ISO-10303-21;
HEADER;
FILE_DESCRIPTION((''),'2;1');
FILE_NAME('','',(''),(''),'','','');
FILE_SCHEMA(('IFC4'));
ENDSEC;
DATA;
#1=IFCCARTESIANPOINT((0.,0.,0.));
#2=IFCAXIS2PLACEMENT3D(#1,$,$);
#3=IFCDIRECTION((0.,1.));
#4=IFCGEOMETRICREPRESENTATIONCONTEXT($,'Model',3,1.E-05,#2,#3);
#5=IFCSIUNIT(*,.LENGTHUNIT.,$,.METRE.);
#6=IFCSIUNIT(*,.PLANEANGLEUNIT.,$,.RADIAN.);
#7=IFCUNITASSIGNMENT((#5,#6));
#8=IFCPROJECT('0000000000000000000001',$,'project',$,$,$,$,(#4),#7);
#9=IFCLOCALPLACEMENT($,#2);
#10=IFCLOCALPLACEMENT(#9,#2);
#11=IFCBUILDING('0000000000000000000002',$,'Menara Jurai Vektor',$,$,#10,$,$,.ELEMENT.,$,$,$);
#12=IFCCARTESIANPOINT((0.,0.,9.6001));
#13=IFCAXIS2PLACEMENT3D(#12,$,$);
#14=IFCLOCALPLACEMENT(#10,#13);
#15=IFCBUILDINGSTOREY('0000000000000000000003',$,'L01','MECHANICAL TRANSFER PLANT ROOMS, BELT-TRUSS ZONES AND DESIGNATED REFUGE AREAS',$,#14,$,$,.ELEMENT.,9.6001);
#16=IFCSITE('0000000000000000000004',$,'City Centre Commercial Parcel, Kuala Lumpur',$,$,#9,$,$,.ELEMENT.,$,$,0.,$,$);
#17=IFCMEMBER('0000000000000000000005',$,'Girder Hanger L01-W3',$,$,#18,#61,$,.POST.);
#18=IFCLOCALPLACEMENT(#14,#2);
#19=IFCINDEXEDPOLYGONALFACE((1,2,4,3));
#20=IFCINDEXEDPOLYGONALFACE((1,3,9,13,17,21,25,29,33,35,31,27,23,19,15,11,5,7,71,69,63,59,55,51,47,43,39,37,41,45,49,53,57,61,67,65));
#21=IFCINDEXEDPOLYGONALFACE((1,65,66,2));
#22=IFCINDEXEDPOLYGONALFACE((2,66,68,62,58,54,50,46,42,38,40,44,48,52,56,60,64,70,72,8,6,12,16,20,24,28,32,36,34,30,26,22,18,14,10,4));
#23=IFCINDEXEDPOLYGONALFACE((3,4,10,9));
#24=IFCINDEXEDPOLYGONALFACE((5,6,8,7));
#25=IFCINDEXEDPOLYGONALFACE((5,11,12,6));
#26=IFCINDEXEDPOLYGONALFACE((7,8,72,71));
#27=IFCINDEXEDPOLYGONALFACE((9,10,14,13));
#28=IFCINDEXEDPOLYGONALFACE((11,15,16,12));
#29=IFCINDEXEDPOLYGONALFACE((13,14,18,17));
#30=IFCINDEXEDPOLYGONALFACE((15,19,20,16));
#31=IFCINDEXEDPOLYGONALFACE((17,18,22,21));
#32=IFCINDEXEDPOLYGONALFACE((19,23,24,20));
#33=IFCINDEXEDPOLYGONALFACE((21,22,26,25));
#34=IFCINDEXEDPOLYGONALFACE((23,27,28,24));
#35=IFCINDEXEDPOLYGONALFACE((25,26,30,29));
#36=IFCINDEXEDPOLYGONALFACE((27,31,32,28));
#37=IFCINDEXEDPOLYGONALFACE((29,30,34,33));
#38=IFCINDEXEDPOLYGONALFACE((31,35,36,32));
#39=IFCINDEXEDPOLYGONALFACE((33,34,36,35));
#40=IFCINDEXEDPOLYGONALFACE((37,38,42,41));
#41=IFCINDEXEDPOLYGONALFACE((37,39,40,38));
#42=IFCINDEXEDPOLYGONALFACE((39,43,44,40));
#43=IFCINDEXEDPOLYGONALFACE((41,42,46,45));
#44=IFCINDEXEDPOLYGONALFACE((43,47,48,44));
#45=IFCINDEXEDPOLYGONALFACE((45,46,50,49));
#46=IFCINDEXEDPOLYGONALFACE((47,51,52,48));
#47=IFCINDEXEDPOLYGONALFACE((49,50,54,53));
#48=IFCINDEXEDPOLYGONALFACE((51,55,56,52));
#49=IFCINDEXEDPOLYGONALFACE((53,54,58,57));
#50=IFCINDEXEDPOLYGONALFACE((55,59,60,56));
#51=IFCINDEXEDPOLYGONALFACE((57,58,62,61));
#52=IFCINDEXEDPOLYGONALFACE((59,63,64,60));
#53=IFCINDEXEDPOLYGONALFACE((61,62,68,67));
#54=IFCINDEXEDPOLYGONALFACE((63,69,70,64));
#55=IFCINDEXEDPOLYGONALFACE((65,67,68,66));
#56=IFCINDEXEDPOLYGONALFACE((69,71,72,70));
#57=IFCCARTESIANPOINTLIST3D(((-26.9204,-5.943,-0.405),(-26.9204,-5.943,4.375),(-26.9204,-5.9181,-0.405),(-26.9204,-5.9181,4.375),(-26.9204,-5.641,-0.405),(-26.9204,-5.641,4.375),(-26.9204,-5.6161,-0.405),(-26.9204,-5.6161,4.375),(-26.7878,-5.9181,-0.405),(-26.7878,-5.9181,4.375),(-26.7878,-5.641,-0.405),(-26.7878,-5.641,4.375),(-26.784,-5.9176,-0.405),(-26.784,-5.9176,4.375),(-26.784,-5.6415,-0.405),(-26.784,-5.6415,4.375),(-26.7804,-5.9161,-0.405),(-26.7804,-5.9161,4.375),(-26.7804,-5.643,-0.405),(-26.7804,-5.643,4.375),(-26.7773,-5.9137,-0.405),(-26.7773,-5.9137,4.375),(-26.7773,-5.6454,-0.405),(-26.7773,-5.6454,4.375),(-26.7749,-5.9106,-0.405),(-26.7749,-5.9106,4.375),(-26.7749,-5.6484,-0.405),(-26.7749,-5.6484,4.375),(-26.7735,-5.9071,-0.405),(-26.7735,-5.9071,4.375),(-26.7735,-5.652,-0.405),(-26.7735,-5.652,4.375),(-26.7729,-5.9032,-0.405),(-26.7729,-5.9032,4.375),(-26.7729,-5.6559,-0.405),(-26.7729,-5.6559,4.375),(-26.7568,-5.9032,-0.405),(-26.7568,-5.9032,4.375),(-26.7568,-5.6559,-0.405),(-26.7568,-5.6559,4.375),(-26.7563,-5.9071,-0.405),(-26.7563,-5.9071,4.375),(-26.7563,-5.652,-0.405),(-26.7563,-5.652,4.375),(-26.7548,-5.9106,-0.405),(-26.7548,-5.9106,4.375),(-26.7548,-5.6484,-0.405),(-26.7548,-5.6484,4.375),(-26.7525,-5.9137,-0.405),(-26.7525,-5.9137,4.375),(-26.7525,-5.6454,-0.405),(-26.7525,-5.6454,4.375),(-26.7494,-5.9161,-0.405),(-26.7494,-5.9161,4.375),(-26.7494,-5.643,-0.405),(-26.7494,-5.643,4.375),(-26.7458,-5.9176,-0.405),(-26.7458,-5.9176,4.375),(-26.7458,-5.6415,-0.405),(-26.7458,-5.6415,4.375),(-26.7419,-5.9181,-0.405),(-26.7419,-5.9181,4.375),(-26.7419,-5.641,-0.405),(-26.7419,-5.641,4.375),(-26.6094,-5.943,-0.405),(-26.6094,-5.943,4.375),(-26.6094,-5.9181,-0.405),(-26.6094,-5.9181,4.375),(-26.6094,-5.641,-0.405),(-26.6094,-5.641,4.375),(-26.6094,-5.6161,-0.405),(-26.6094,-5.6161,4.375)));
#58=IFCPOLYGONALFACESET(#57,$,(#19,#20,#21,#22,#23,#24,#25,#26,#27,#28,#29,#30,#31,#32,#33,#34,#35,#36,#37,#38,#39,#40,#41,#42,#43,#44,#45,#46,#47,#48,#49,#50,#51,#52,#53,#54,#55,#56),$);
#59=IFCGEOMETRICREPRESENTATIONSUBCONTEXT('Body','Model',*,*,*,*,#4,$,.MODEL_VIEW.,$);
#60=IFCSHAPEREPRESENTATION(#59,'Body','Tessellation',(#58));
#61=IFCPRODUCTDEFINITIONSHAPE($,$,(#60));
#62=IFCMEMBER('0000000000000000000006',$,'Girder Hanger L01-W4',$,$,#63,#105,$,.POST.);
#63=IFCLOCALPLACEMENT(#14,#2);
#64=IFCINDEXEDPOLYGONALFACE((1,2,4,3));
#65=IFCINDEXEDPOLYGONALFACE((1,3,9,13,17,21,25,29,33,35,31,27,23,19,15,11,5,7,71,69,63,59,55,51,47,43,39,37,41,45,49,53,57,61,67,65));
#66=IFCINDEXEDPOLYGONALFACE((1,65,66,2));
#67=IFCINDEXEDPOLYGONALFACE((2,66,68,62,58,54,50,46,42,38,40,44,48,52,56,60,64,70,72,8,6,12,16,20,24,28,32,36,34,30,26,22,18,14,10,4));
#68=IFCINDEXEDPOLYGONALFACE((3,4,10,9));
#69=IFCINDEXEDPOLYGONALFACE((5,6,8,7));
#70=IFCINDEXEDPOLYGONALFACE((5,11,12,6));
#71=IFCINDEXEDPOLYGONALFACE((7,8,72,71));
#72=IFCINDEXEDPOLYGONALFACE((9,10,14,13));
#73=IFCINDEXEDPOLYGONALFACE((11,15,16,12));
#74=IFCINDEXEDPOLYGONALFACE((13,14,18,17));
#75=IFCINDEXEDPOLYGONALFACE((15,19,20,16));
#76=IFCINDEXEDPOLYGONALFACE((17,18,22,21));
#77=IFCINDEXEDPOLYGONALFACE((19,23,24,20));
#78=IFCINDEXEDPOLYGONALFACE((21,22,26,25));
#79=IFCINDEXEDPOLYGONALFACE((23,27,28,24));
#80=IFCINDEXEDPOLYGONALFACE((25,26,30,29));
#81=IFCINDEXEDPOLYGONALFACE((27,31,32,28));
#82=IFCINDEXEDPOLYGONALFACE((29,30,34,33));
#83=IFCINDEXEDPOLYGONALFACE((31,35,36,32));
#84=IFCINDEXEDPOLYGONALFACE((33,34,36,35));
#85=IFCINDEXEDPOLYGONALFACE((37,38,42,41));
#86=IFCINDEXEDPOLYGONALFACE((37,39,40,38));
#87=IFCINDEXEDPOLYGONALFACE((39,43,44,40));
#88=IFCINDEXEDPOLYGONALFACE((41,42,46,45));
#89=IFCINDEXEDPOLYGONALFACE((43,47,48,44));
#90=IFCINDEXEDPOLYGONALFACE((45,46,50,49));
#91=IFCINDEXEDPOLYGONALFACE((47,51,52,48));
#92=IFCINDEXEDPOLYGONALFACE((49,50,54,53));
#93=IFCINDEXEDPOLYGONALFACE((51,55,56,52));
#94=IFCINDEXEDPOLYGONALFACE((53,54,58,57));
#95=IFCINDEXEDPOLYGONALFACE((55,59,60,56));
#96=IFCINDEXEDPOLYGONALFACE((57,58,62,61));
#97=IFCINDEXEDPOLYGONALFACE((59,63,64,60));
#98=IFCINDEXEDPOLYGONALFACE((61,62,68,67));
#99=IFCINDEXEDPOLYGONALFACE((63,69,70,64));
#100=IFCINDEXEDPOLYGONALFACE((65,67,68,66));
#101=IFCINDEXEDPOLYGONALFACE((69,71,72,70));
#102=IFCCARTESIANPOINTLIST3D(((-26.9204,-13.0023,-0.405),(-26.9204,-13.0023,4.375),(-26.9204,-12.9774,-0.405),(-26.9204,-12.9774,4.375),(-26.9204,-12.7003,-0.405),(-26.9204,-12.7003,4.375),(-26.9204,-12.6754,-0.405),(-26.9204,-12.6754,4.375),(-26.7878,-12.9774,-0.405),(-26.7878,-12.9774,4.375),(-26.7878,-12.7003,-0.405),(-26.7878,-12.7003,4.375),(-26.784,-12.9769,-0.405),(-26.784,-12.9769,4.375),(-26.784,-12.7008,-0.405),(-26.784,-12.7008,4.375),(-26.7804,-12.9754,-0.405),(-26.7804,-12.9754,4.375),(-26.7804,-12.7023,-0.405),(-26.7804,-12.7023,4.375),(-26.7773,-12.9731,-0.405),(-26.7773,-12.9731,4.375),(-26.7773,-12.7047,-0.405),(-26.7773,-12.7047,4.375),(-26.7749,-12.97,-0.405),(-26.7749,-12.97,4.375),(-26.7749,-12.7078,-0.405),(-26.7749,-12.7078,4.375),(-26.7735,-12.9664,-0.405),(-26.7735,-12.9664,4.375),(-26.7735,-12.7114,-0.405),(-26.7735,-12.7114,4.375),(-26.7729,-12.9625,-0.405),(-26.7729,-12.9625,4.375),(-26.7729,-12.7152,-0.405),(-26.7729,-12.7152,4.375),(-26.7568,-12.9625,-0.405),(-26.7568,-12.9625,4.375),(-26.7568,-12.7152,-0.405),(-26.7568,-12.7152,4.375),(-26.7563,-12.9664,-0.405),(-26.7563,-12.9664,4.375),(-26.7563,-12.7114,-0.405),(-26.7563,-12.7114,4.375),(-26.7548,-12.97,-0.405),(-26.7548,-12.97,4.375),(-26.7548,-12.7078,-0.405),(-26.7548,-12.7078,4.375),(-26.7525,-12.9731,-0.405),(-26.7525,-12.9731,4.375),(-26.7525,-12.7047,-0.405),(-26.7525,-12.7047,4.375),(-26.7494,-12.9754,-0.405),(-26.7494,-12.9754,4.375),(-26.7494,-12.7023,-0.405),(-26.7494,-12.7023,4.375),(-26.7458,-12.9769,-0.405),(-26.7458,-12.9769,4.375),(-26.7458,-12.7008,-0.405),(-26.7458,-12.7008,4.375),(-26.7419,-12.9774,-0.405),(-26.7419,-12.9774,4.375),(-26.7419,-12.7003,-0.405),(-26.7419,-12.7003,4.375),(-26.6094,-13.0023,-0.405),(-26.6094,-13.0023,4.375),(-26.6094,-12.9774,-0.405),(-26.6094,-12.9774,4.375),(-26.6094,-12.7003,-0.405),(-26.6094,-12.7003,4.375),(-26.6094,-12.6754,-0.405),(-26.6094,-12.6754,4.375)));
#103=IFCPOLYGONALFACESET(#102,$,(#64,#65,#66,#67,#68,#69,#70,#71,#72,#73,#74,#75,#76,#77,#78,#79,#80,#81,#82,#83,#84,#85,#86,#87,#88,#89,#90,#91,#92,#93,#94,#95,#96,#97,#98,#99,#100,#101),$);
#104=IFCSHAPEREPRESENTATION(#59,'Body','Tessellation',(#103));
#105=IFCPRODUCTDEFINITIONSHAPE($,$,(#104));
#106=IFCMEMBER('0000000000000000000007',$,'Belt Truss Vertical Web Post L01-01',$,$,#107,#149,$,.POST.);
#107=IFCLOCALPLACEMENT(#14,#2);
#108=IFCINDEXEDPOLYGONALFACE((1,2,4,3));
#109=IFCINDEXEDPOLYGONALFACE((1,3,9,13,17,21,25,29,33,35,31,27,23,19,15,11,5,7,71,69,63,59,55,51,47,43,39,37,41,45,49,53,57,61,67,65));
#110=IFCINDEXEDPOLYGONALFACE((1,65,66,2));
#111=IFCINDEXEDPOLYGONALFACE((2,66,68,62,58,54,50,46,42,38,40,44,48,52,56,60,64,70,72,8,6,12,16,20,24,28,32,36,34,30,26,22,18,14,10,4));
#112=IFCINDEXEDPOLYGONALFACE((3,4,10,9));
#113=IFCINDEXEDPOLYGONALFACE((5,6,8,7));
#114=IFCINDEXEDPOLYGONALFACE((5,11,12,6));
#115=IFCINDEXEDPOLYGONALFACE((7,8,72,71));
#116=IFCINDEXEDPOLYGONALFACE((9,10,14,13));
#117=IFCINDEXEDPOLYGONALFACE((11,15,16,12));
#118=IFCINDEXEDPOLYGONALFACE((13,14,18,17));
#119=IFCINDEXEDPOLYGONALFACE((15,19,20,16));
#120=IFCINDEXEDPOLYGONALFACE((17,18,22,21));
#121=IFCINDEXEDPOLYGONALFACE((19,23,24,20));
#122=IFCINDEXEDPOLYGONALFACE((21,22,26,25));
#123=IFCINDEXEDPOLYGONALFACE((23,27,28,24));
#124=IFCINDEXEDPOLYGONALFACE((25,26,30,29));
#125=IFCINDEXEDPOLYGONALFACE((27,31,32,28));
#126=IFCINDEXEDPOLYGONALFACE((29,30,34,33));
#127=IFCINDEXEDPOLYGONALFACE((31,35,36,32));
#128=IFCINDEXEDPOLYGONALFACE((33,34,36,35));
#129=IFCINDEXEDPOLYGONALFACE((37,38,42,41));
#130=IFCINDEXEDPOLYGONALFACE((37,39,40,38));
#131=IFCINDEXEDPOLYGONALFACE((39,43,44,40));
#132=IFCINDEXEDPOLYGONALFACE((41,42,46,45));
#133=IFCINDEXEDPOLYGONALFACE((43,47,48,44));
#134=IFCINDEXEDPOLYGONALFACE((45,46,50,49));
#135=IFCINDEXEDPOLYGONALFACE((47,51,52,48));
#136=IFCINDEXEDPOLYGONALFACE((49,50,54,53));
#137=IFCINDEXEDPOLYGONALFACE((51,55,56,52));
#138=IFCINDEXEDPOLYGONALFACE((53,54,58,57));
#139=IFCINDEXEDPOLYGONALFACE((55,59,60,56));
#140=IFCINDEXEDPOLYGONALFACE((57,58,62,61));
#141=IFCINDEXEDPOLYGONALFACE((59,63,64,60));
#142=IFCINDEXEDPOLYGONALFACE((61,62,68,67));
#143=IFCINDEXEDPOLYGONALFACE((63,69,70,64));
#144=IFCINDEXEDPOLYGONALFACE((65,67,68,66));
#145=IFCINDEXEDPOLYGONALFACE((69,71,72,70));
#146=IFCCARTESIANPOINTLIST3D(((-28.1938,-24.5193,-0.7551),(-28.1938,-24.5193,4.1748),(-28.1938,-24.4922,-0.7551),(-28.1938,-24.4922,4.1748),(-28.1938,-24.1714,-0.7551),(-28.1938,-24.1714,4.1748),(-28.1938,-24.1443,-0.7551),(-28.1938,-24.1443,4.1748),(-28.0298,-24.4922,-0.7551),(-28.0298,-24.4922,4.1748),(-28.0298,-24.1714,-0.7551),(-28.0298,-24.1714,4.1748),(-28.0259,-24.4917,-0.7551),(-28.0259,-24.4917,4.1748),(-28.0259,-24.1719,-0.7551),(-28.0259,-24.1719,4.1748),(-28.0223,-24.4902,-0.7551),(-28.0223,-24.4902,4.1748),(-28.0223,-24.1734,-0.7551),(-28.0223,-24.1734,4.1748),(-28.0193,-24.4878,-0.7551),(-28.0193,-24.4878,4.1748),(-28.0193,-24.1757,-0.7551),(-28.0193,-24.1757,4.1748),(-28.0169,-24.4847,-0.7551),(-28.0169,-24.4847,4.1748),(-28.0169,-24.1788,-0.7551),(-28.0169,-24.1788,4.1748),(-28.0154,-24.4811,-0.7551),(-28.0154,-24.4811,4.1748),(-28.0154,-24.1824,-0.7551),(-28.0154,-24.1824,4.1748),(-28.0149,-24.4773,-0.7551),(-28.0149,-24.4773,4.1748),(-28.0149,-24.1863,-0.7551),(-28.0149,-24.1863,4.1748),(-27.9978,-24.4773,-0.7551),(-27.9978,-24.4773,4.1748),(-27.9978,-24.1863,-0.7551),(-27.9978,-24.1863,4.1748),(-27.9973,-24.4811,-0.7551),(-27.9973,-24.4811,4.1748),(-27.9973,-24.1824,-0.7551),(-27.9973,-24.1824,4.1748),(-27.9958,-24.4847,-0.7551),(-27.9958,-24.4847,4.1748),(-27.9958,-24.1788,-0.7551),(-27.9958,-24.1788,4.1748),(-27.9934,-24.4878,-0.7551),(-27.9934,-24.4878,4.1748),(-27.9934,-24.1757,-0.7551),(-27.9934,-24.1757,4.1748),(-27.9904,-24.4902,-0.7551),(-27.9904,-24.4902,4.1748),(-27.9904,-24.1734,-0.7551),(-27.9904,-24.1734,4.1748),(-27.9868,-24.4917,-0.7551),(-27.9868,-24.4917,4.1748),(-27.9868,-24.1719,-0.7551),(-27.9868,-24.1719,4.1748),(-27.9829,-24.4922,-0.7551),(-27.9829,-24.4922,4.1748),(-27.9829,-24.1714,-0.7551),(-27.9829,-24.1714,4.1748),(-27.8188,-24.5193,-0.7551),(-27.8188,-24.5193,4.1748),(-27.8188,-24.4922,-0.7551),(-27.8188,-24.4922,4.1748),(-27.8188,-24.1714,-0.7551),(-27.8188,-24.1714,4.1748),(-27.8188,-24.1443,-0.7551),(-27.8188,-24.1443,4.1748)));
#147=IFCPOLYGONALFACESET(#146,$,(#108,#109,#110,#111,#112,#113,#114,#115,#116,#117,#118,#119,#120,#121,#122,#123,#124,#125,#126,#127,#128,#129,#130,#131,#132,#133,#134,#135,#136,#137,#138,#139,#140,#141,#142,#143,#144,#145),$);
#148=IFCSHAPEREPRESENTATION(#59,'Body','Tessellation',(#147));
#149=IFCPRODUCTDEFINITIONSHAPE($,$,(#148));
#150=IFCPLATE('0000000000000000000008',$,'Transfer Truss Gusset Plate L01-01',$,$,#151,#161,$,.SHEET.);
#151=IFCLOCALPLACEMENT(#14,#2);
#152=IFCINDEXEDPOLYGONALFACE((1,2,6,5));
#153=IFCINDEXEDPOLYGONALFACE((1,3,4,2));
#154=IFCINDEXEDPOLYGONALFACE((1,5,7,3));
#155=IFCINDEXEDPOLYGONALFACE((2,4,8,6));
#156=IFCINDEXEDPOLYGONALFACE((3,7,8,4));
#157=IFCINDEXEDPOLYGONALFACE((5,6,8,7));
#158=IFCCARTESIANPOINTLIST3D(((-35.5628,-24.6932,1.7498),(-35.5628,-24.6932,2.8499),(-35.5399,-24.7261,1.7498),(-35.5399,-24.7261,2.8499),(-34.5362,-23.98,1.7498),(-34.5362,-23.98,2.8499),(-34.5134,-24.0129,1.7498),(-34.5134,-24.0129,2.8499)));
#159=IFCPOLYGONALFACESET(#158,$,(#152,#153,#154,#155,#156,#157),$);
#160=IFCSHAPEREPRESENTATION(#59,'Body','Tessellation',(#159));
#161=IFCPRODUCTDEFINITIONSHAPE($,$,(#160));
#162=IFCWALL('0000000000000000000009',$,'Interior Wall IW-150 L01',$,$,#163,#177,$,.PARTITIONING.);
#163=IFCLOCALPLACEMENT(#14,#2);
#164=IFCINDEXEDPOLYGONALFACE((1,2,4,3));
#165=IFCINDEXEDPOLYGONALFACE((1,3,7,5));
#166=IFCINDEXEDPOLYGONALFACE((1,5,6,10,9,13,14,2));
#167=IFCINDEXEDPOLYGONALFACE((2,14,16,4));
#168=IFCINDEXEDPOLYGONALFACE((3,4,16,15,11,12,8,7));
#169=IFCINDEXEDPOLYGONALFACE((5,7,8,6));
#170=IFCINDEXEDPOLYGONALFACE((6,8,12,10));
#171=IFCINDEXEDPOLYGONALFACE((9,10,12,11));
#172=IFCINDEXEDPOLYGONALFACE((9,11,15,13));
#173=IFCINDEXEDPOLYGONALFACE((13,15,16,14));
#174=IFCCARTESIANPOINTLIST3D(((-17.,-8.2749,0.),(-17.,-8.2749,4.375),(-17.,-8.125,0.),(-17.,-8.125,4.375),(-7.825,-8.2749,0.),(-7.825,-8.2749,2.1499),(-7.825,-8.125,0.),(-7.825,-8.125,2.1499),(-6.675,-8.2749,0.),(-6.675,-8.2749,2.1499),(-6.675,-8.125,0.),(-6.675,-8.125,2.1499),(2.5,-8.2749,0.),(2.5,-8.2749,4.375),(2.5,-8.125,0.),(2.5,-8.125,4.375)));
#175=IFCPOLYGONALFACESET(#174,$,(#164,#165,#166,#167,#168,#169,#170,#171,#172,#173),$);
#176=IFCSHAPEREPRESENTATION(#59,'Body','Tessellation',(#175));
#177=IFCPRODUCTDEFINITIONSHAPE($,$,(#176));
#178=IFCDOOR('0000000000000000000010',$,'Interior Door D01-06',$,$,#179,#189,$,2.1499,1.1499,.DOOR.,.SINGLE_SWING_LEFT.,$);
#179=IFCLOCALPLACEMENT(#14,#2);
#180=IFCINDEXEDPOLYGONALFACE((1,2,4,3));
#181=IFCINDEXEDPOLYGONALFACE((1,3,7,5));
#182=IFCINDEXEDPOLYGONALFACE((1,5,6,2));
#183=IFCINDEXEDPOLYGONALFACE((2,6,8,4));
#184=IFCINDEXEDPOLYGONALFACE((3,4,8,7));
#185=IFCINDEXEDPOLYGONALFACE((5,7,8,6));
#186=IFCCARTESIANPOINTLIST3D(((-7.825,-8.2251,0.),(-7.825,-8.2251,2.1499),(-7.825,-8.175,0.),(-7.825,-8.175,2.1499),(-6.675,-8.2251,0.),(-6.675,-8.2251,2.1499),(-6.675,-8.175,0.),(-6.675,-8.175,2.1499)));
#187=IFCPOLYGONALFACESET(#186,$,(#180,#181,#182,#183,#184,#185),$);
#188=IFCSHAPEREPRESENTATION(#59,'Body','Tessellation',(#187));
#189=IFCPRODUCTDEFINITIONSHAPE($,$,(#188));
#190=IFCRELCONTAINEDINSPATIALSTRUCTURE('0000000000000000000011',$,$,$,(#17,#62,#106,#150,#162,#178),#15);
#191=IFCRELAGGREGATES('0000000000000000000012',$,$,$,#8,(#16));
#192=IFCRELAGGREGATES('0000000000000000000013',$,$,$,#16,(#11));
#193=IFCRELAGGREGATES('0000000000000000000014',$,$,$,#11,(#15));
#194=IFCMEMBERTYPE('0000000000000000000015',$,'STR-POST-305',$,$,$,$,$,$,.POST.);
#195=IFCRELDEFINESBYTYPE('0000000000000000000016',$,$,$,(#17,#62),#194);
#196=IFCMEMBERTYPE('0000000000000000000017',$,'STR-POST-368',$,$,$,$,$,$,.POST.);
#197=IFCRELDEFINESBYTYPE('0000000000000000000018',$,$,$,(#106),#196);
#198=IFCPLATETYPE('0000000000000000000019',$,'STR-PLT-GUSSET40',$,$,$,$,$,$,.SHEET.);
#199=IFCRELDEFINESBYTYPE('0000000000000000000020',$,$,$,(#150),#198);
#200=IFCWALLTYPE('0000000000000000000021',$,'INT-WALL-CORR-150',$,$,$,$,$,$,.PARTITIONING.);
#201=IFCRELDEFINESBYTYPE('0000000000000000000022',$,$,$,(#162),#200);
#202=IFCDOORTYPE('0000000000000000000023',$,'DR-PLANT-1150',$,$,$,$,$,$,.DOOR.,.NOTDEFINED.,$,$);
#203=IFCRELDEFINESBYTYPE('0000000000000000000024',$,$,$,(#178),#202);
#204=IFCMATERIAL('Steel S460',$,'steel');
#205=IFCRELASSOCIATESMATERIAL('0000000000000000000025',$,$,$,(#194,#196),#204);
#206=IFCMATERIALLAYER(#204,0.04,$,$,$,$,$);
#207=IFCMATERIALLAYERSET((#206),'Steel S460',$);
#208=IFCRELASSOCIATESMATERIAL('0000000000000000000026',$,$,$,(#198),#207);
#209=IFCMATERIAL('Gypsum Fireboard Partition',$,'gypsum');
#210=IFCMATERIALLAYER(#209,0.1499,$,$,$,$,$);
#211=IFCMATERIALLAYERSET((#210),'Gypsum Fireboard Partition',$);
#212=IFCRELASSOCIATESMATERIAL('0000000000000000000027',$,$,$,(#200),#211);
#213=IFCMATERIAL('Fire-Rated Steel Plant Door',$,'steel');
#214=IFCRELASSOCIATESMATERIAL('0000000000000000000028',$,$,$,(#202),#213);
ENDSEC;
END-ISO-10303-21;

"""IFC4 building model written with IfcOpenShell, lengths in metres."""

from ifc_helpers import new_model, si_unit, direction, frame, frame_2d, origin, origin_2d, place, context, subcontext, project, spatial, rectangle, i_section, extrude, material, layer, layer_set, material_profile, profile_set, type_object, element, fill, save


model = new_model("IFC4")

# Units and contexts
model_context = context("Model", 3, precision=1e-05, world=origin(), true_north=direction((0.0, 1.0)))
body_context = subcontext(model_context, "Body", "Model", "MODEL_VIEW")
ifc_project = project(units=[si_unit("LENGTHUNIT", "METRE"), si_unit("PLANEANGLEUNIT", "RADIAN")], contexts=[model_context])

# Site, building, storey
site_placement = place(None, origin())
site = spatial("IfcSite", under=ifc_project, at=site_placement, Name="City Centre Commercial Parcel, Kuala Lumpur", CompositionType="ELEMENT", RefElevation=0.0)
building_placement = place(site_placement, origin())
building = spatial("IfcBuilding", under=site, at=building_placement, Name="Menara Jurai Vektor", CompositionType="ELEMENT")
storey_placement = place(building_placement, frame((0.0, 0.0, 9.6001)))
storey = spatial("IfcBuildingStorey", under=building, at=storey_placement, Name="L01", Description="MECHANICAL TRANSFER PLANT ROOMS, BELT-TRUSS ZONES AND DESIGNATED REFUGE AREAS", CompositionType="ELEMENT", Elevation=9.6001)

# Shared definitions
ifc_material_1 = material(Name="Steel S460", Category="steel")

# Members
ifc_material_profile_1 = material_profile(ifc_material_1, i_section(OverallWidth=0.311, OverallDepth=0.3269, WebThickness=0.0161, FlangeThickness=0.0249, FilletRadius=0.0149, at=origin_2d()), Name="UKC 305x305x158")
ifc_profile_set_1 = profile_set([ifc_material_profile_1], Name="Steel S460")
member_type_1 = type_object("IfcMemberType", Name="STR-POST-305", PredefinedType="POST", material=ifc_profile_set_1)
for number, where, z_axis, x_axis, name in (
    (1, (-26.7649, -5.7795, -0.405), (0.0, 0.0, 1.0), (1.0, 0.0, 0.0), "Girder Hanger L01-W3"),
    (2, (-26.7649, -12.8389, -0.405), (0.0, 0.0, 1.0), (1.0, 0.0, 0.0), "Girder Hanger L01-W4"),
):
    element("IfcMember", number, at=place(storey_placement, frame(where, z_axis=z_axis, x_axis=x_axis)), inside=storey, type_object=member_type_1, Name=name, PredefinedType="POST", context=body_context, shape_type="SweptSolid", body=[
        extrude(i_section(OverallWidth=0.311, OverallDepth=0.3269, WebThickness=0.0161, FlangeThickness=0.0249, FilletRadius=0.0149, at=origin_2d()), origin(), (0.0, 0.0, 1.0), 4.78),
    ])
ifc_material_profile_2 = material_profile(ifc_material_1, i_section(OverallWidth=0.375, OverallDepth=0.375, WebThickness=0.0171, FlangeThickness=0.0271, FilletRadius=0.0149, at=origin_2d()), Name="UKC 356x368x202")
ifc_profile_set_2 = profile_set([ifc_material_profile_2], Name="Steel S460")
member_type_2 = type_object("IfcMemberType", Name="STR-POST-368", PredefinedType="POST", material=ifc_profile_set_2)
member_1_placement = place(storey_placement, frame((-28.0063, -24.3318, -0.7551), z_axis=(0.0, 0.0, 1.0), x_axis=(1.0, 0.0, 0.0)))
element("IfcMember", 3, at=member_1_placement, inside=storey, type_object=member_type_2, Name="Belt Truss Vertical Web Post L01-01", PredefinedType="POST", context=body_context, shape_type="SweptSolid", body=[
    extrude(i_section(OverallWidth=0.375, OverallDepth=0.375, WebThickness=0.0171, FlangeThickness=0.0271, FilletRadius=0.0149, at=origin_2d()), origin(), (0.0, 0.0, 1.0), 4.9299),
])

# Plate
ifc_layer_1 = layer(ifc_material_1, 0.04)
ifc_layer_set_1 = layer_set([ifc_layer_1], Name="Steel S460")
plate_type = type_object("IfcPlateType", Name="STR-PLT-GUSSET40", PredefinedType="SHEET", material=ifc_layer_set_1)
plate_placement = place(storey_placement, frame((-35.0381, -24.353, 1.7498), z_axis=(0.0, 0.0, 1.0), x_axis=(0.821249, 0.57057, 0.0)))
element("IfcPlate", 4, at=plate_placement, inside=storey, type_object=plate_type, Name="Transfer Truss Gusset Plate L01-01", PredefinedType="SHEET", context=body_context, shape_type="SweptSolid", body=[
    extrude(rectangle(XDim=1.25, YDim=0.04, at=origin_2d()), origin(), (0.0, 0.0, 1.0), 1.1001),
])

# Wall, opening, door
ifc_material_2 = material(Name="Gypsum Fireboard Partition", Category="gypsum")
ifc_layer_2 = layer(ifc_material_2, 0.1499)
ifc_layer_set_2 = layer_set([ifc_layer_2], Name="Gypsum Fireboard Partition")
wall_type = type_object("IfcWallType", Name="INT-WALL-CORR-150", PredefinedType="PARTITIONING", material=ifc_layer_set_2)
wall_1_placement = place(storey_placement, frame((-17.0, -8.2, 0.0), z_axis=(0.0, 0.0, 1.0), x_axis=(1.0, 0.0, 0.0)))
wall_1 = element("IfcWall", 5, at=wall_1_placement, inside=storey, type_object=wall_type, Name="Interior Wall IW-150 L01", PredefinedType="PARTITIONING", context=body_context, shape_type="SweptSolid", body=[
    extrude(rectangle(XDim=19.5, YDim=0.1499, at=frame_2d((9.75, 0.0))), origin(), (0.0, 0.0, 1.0), 4.375),
])
opening_1_placement = place(wall_1_placement, frame((9.175, 0.0, 0.0)))
opening_1 = element("IfcOpeningElement", 6, at=opening_1_placement, cuts=wall_1, PredefinedType="OPENING", context=body_context, shape_type="SweptSolid", body=[
    extrude(rectangle(XDim=1.1499, YDim=2.1499, at=frame_2d((0.575, 1.075))), frame((0.0, 0.085, 0.0), z_axis=(0.0, -1.0, 0.0), x_axis=(1.0, 0.0, 0.0)), (0.0, 0.0, 1.0), 0.1699),
])
ifc_material_3 = material(Name="Fire-Rated Steel Plant Door", Category="steel")
door_type = type_object("IfcDoorType", Name="DR-PLANT-1150", OperationType="NOTDEFINED", PredefinedType="DOOR", material=ifc_material_3)
door_1_placement = place(opening_1_placement, origin())
door_1 = element("IfcDoor", 7, at=door_1_placement, inside=storey, type_object=door_type, Name="Interior Door D01-06", OperationType="SINGLE_SWING_LEFT", OverallHeight=2.1499, OverallWidth=1.1499, PredefinedType="DOOR", context=body_context, shape_type="SweptSolid", body=[
    extrude(rectangle(XDim=1.1499, YDim=2.1499, at=frame_2d((0.575, 1.075))), frame((0.0, 0.0249, 0.0), z_axis=(0.0, -1.0, 0.0), x_axis=(1.0, 0.0, 0.0)), (0.0, 0.0, 1.0), 0.05),
])
fill(opening_1, door_1)

save(model, "model.ifc")
